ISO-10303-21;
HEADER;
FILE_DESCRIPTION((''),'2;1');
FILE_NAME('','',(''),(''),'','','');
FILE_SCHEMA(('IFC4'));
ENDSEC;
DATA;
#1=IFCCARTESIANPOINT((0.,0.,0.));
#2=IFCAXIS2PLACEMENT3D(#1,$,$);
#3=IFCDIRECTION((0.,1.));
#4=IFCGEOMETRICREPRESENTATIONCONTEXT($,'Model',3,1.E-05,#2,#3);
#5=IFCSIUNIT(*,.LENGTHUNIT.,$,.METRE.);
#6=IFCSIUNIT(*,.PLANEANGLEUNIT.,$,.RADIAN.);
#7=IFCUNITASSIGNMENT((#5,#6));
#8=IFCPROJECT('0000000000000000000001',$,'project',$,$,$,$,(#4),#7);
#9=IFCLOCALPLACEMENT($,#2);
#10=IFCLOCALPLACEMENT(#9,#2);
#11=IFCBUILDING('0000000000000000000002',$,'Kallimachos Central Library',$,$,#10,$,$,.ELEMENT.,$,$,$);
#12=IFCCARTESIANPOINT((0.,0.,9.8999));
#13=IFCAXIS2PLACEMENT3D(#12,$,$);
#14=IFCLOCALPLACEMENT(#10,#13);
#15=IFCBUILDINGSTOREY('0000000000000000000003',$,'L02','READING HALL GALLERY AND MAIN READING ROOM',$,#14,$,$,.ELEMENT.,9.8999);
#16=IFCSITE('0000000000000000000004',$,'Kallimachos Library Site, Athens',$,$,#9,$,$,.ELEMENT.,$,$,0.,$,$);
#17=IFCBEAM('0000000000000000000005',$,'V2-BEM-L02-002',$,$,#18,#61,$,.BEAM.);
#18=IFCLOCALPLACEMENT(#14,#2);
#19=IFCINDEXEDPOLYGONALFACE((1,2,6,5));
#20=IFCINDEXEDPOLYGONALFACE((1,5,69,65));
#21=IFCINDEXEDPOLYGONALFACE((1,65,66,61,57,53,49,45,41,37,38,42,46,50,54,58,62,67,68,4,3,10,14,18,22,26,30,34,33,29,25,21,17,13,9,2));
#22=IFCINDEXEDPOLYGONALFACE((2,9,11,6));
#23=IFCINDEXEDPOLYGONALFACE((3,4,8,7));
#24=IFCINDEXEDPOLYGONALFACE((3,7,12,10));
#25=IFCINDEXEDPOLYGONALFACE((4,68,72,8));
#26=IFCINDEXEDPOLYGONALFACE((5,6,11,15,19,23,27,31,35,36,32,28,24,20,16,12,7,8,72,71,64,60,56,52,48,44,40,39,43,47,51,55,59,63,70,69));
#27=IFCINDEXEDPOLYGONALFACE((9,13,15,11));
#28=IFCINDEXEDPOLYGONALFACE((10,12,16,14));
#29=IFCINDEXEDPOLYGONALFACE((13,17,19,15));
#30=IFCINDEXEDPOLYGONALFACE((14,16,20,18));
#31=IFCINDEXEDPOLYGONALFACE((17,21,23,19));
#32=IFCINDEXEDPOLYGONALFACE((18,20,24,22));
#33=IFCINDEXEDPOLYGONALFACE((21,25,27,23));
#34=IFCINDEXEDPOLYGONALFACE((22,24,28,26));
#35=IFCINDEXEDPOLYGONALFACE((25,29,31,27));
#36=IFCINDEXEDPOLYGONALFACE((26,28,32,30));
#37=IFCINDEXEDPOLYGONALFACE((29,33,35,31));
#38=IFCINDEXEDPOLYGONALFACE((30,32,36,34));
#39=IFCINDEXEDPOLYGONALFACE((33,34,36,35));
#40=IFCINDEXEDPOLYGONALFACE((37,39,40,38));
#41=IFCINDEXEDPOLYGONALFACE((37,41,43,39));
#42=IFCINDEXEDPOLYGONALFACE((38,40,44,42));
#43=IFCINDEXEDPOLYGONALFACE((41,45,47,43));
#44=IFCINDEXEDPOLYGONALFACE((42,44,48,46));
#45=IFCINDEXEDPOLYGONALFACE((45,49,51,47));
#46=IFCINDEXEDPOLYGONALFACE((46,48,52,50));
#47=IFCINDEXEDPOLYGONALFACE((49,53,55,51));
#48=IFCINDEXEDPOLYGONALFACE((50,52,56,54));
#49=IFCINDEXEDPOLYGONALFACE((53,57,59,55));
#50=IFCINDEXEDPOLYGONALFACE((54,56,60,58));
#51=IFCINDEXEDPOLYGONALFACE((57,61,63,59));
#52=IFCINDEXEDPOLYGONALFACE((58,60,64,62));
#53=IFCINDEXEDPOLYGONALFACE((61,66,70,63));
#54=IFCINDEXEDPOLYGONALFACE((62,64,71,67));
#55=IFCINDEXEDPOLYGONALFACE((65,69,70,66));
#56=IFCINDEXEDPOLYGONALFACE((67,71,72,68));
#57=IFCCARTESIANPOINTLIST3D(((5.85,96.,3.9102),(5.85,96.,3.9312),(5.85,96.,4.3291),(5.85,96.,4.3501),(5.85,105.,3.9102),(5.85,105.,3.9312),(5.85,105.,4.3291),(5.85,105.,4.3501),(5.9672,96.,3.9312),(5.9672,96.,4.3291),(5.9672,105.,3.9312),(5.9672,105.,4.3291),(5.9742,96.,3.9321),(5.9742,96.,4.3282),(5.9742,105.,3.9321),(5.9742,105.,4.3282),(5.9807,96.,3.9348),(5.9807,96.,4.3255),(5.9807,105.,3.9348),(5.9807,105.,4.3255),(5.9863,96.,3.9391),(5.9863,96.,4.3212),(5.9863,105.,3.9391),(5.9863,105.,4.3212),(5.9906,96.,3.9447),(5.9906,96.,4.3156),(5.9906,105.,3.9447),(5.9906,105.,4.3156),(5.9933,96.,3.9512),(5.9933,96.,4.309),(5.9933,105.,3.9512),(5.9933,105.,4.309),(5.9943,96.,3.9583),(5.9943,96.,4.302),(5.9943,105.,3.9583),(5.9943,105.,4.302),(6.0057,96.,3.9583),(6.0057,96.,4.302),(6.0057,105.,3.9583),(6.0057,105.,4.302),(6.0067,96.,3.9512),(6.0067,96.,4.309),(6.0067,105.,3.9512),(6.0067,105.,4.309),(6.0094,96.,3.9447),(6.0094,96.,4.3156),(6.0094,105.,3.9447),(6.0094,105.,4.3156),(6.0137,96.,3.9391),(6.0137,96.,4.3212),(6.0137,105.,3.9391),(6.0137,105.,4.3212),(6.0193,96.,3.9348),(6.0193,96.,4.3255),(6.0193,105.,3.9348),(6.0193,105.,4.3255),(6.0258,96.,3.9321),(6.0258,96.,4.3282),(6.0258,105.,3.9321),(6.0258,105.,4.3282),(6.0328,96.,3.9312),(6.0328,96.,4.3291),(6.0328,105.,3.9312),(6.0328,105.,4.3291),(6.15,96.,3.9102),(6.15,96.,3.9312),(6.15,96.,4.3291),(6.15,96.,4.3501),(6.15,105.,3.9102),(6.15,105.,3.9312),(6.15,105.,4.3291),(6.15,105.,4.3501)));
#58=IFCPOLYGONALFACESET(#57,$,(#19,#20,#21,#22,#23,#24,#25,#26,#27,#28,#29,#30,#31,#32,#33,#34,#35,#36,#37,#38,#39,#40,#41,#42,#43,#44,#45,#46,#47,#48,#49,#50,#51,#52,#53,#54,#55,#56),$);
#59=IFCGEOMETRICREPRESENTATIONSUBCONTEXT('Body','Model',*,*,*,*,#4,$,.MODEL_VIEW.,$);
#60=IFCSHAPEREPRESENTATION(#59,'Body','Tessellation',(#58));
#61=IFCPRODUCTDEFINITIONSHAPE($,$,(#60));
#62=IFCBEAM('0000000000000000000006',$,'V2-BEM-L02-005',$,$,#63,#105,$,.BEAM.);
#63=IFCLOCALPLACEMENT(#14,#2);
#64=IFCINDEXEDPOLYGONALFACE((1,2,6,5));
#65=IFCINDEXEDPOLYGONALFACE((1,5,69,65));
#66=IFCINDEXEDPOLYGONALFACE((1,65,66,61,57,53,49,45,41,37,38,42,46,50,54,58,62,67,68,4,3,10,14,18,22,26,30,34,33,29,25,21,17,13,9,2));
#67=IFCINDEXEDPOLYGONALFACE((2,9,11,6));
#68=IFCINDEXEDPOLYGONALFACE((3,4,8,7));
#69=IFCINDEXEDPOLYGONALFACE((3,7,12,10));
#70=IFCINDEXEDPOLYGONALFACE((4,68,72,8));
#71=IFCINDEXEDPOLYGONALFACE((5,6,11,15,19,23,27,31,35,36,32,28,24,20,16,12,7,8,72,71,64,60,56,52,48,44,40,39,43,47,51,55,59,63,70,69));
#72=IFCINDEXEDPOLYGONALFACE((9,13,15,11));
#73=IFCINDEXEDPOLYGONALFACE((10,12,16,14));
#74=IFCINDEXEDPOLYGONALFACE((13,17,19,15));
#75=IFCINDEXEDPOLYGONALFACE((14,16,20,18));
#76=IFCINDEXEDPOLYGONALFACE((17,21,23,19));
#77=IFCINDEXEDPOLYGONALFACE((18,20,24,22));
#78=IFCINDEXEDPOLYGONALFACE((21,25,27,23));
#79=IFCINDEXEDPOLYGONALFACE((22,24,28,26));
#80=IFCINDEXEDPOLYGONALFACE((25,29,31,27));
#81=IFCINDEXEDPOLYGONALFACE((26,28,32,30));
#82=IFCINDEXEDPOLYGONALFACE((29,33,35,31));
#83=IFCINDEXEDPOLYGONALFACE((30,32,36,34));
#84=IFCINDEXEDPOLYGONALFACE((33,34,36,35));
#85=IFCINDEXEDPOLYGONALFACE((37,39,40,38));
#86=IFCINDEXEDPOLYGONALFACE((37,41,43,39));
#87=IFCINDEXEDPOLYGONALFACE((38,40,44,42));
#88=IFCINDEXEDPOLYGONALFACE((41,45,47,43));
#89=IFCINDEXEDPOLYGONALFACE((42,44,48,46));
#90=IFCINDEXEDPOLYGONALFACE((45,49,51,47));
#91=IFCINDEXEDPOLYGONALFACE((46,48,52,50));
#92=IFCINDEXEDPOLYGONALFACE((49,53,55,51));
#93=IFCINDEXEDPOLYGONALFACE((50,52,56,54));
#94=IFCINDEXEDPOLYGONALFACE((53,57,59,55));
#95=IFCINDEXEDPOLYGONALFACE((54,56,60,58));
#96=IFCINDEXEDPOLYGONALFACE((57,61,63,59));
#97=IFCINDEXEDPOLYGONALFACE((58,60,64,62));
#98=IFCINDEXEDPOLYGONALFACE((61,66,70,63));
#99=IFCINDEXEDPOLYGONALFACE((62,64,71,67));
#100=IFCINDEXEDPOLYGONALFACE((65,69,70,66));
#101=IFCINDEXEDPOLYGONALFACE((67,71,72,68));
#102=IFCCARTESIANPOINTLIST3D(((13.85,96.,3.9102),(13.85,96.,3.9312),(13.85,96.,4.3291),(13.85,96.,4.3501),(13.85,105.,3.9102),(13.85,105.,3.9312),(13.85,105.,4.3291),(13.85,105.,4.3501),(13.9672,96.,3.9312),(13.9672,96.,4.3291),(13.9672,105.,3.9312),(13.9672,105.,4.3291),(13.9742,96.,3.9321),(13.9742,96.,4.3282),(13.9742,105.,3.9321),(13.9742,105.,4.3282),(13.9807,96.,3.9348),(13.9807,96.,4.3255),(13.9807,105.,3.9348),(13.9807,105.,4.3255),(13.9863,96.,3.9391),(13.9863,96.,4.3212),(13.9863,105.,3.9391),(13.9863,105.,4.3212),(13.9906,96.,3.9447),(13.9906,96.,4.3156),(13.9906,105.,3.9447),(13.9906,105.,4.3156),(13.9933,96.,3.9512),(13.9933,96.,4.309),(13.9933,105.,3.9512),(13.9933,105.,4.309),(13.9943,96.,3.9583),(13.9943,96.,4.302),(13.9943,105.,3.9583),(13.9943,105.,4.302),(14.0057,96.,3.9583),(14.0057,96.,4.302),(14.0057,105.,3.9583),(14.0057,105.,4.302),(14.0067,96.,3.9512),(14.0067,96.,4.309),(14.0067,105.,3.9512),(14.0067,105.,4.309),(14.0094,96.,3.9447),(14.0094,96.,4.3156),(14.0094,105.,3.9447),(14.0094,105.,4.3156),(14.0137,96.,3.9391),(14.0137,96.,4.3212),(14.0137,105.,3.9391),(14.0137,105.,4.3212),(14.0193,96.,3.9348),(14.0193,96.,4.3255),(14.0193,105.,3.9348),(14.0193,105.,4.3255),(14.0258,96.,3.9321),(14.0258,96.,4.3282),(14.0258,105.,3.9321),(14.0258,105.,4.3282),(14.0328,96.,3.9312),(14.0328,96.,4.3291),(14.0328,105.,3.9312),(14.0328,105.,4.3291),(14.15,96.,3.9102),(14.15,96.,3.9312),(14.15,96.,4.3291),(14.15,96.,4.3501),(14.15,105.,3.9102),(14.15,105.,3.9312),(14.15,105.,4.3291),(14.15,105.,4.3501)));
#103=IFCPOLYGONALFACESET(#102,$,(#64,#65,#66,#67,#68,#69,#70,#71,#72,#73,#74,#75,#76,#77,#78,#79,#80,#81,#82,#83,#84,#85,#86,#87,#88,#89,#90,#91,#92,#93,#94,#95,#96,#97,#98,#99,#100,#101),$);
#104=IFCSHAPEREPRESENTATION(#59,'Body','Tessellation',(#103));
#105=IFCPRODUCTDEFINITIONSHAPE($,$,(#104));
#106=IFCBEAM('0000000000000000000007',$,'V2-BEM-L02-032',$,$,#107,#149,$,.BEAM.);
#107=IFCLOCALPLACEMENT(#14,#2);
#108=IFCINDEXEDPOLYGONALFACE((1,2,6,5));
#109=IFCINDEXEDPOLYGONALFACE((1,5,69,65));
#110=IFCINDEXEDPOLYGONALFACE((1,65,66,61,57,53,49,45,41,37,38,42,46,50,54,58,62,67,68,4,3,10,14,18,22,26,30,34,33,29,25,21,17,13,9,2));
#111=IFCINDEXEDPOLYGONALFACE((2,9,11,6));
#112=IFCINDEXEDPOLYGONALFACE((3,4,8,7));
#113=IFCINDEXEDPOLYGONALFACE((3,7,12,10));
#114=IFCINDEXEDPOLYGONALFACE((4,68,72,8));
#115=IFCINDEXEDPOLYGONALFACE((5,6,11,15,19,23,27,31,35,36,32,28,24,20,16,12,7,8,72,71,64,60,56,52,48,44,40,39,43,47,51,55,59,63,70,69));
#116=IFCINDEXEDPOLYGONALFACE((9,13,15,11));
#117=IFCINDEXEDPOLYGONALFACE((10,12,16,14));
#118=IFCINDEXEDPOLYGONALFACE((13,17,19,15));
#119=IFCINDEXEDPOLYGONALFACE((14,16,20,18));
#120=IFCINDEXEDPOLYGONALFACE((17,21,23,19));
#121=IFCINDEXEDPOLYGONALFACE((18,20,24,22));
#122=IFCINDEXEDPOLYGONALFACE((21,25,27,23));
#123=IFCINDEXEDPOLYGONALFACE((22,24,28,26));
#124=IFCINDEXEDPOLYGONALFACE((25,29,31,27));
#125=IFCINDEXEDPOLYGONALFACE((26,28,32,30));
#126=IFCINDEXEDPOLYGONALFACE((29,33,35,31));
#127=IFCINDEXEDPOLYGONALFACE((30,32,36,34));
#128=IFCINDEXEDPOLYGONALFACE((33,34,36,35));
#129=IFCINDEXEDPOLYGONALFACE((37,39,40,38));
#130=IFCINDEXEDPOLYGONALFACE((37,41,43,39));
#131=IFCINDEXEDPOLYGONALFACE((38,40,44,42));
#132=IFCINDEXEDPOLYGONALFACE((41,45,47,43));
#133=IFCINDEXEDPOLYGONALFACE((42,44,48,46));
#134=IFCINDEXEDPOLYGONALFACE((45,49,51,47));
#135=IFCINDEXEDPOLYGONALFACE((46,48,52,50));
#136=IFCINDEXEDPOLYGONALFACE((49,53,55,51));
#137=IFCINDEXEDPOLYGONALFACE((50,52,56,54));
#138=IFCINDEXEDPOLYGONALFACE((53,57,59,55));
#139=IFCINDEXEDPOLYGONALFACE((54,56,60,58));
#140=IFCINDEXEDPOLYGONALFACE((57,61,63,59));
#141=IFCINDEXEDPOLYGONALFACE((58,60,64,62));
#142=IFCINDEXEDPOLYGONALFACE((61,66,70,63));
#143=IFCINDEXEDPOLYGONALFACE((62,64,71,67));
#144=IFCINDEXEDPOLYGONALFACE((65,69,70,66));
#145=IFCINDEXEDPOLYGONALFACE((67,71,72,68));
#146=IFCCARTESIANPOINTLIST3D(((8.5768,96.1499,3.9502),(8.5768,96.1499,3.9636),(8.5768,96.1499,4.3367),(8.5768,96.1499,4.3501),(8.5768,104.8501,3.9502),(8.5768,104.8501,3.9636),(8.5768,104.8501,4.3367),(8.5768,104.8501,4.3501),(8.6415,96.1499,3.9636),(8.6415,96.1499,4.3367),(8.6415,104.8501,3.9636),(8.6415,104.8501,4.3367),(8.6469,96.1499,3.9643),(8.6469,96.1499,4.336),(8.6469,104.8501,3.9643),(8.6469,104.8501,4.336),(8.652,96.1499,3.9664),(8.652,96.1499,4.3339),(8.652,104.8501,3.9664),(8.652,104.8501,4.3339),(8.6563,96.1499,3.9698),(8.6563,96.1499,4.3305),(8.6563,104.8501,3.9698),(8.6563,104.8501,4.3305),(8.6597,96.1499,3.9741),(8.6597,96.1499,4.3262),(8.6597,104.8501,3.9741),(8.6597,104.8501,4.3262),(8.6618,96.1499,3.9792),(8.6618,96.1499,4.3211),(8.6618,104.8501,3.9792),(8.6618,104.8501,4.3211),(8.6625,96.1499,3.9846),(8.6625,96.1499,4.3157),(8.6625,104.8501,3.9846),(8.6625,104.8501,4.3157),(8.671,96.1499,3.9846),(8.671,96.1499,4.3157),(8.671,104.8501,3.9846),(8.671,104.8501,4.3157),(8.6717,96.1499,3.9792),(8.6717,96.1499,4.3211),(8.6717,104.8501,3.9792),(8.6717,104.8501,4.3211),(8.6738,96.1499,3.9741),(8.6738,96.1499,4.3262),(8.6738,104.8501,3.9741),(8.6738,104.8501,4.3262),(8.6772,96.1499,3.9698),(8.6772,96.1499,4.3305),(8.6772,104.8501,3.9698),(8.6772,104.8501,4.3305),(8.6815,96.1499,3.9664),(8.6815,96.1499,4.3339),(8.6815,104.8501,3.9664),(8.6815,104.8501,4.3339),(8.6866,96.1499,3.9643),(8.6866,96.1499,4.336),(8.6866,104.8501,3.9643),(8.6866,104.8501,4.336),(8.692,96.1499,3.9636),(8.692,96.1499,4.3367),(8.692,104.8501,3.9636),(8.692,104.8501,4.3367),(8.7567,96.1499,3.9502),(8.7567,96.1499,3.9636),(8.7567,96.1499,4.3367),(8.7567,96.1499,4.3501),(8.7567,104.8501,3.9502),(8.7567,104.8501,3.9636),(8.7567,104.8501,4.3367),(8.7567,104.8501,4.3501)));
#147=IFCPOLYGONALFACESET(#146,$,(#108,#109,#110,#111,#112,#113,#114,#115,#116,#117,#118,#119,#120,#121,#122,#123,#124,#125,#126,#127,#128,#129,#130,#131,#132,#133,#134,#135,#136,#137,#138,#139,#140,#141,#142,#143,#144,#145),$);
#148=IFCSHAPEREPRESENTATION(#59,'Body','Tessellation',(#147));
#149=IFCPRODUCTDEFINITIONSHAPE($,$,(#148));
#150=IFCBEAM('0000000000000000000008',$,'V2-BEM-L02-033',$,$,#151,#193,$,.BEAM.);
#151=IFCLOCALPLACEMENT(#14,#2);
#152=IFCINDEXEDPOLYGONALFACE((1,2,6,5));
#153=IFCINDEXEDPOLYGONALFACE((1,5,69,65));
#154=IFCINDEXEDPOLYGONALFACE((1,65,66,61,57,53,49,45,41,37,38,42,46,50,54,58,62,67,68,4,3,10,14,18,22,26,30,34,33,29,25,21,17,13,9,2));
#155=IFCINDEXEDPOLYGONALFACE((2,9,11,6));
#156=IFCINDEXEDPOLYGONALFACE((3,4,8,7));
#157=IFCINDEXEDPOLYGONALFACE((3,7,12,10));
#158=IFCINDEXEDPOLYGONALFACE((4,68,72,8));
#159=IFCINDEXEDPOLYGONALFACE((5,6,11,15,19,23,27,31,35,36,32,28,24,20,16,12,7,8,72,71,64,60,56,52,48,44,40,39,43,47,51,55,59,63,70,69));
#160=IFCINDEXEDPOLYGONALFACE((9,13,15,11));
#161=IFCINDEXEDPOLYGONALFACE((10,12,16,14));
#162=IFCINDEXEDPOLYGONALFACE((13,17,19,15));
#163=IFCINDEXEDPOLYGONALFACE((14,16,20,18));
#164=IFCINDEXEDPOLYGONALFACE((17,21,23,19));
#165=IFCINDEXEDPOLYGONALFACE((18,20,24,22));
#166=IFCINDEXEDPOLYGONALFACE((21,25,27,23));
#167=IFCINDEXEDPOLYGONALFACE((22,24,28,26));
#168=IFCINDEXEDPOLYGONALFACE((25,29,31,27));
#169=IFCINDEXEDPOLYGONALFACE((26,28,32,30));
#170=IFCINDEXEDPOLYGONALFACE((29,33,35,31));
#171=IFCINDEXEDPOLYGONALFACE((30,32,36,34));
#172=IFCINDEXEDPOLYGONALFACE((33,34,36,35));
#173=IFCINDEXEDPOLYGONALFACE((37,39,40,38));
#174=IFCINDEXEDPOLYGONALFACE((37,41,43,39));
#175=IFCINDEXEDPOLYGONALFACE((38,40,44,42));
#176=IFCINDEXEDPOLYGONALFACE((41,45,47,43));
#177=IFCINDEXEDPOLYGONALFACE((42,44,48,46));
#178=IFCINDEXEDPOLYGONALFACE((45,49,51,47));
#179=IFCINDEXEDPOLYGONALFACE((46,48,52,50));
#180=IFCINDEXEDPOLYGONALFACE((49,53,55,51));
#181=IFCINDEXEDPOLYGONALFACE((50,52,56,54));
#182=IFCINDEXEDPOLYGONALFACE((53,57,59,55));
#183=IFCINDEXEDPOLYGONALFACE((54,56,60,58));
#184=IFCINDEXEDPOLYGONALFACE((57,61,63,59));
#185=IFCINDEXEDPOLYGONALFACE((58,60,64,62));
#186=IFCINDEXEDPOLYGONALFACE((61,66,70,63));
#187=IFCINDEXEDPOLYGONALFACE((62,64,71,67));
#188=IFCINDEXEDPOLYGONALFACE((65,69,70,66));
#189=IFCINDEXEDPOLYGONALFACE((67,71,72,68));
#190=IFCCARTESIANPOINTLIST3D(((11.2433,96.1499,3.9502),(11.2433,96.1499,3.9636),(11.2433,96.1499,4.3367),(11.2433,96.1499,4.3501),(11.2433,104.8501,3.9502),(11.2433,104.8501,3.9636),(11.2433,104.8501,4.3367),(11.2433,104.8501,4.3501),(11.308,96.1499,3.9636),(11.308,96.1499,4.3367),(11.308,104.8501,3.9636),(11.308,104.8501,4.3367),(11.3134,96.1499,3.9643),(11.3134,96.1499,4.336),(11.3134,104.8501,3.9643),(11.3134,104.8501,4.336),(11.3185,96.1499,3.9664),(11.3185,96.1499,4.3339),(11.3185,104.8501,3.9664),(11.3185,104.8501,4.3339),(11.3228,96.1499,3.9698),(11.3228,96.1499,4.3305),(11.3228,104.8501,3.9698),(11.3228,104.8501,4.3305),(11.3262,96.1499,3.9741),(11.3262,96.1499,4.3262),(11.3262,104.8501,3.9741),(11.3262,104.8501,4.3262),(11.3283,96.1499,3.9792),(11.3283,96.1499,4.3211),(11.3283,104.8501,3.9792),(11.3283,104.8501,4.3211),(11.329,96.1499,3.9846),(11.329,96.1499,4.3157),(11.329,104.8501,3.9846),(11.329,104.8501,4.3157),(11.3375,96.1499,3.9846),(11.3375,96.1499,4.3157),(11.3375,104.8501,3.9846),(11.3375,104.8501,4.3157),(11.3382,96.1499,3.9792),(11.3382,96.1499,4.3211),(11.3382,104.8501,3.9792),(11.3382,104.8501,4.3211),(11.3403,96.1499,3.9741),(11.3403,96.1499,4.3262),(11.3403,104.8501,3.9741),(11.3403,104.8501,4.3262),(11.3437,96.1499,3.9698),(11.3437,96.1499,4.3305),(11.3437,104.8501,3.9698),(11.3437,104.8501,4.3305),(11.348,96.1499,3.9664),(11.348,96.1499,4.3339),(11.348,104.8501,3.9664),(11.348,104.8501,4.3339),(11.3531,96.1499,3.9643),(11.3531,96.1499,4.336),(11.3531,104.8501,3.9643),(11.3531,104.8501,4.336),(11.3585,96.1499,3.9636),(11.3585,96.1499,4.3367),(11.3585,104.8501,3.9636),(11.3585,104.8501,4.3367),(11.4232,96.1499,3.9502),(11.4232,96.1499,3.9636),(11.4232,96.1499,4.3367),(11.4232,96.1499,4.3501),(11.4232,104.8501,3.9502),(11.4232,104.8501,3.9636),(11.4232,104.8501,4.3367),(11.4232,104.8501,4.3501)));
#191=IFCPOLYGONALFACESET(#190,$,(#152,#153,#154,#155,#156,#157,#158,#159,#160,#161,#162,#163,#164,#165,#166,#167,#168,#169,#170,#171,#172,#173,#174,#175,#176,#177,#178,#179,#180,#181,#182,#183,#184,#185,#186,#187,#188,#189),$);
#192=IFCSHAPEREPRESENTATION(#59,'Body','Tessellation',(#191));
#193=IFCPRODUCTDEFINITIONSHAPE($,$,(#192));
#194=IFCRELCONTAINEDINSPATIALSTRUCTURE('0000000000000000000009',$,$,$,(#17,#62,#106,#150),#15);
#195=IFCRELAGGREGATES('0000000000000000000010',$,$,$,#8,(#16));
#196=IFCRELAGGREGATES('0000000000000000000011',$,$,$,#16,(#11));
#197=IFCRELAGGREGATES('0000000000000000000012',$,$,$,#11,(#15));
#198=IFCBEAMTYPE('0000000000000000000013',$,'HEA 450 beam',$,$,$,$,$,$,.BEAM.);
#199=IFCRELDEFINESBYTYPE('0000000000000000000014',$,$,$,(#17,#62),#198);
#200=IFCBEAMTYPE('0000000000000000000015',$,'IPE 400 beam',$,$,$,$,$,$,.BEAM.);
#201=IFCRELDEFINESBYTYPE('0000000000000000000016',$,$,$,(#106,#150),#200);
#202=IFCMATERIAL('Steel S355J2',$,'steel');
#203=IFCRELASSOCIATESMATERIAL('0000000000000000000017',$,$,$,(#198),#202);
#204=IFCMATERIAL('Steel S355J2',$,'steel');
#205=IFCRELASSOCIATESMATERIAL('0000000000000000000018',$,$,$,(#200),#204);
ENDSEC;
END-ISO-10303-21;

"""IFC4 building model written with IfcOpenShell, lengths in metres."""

from ifc_helpers import new_model, si_unit, direction, frame, origin, origin_2d, place, context, subcontext, project, spatial, i_section, extrude, material, material_profile, profile_set, type_object, element, save


model = new_model("IFC4")

# Units and contexts
model_context = context("Model", 3, precision=1e-05, world=origin(), true_north=direction((0.0, 1.0)))
body_context = subcontext(model_context, "Body", "Model", "MODEL_VIEW")
ifc_project = project(units=[si_unit("LENGTHUNIT", "METRE"), si_unit("PLANEANGLEUNIT", "RADIAN")], contexts=[model_context])

# Site, building, storey
site_placement = place(None, origin())
site = spatial("IfcSite", under=ifc_project, at=site_placement, Name="Kallimachos Library Site, Athens", CompositionType="ELEMENT", RefElevation=0.0)
building_placement = place(site_placement, origin())
building = spatial("IfcBuilding", under=site, at=building_placement, Name="Kallimachos Central Library", CompositionType="ELEMENT")
storey_placement = place(building_placement, frame((0.0, 0.0, 9.8999)))
storey = spatial("IfcBuildingStorey", under=building, at=storey_placement, Name="L02", Description="READING HALL GALLERY AND MAIN READING ROOM", CompositionType="ELEMENT", Elevation=9.8999)

# Beams
ifc_material_1 = material(Name="Steel S355J2", Category="steel")
ifc_material_profile_1 = material_profile(ifc_material_1, i_section(OverallWidth=0.3, OverallDepth=0.4399, WebThickness=0.0115, FlangeThickness=0.021, FilletRadius=0.0271, at=origin_2d()), Name="HEA 450")
ifc_profile_set_1 = profile_set([ifc_material_profile_1], Name="Steel S355J2")
beam_type_1 = type_object("IfcBeamType", Name="HEA 450 beam", PredefinedType="BEAM", material=ifc_profile_set_1)
for number, where, z_axis, x_axis, name in (
    (1, (6.0, 96.0, 4.1301), (0.0, 1.0, 0.0), (-1.0, 0.0, 0.0), "V2-BEM-L02-002"),
    (2, (14.0, 96.0, 4.1301), (0.0, 1.0, 0.0), (-1.0, 0.0, 0.0), "V2-BEM-L02-005"),
):
    element("IfcBeam", number, at=place(storey_placement, frame(where, z_axis=z_axis, x_axis=x_axis)), inside=storey, type_object=beam_type_1, Name=name, PredefinedType="BEAM", context=body_context, shape_type="SweptSolid", body=[
        extrude(i_section(OverallWidth=0.3, OverallDepth=0.4399, WebThickness=0.0115, FlangeThickness=0.021, FilletRadius=0.0271, at=origin_2d()), origin(), (0.0, 0.0, 1.0), 9.0),
    ])
ifc_material_2 = material(Name="Steel S355J2", Category="steel")
ifc_material_profile_2 = material_profile(ifc_material_2, i_section(OverallWidth=0.1799, OverallDepth=0.3999, WebThickness=0.0085, FlangeThickness=0.0134, FilletRadius=0.021, at=origin_2d()), Name="IPE 400")
ifc_profile_set_2 = profile_set([ifc_material_profile_2], Name="Steel S355J2")
beam_type_2 = type_object("IfcBeamType", Name="IPE 400 beam", PredefinedType="BEAM", material=ifc_profile_set_2)
for number, where, z_axis, x_axis, name in (
    (3, (8.6667, 96.1499, 4.1501), (0.0, 1.0, 0.0), (-1.0, 0.0, 0.0), "V2-BEM-L02-032"),
    (4, (11.3333, 96.1499, 4.1501), (0.0, 1.0, 0.0), (-1.0, 0.0, 0.0), "V2-BEM-L02-033"),
):
    element("IfcBeam", number, at=place(storey_placement, frame(where, z_axis=z_axis, x_axis=x_axis)), inside=storey, type_object=beam_type_2, Name=name, PredefinedType="BEAM", context=body_context, shape_type="SweptSolid", body=[
        extrude(i_section(OverallWidth=0.1799, OverallDepth=0.3999, WebThickness=0.0085, FlangeThickness=0.0134, FilletRadius=0.021, at=origin_2d()), origin(), (0.0, 0.0, 1.0), 8.7002),
    ])

save(model, "model.ifc")
